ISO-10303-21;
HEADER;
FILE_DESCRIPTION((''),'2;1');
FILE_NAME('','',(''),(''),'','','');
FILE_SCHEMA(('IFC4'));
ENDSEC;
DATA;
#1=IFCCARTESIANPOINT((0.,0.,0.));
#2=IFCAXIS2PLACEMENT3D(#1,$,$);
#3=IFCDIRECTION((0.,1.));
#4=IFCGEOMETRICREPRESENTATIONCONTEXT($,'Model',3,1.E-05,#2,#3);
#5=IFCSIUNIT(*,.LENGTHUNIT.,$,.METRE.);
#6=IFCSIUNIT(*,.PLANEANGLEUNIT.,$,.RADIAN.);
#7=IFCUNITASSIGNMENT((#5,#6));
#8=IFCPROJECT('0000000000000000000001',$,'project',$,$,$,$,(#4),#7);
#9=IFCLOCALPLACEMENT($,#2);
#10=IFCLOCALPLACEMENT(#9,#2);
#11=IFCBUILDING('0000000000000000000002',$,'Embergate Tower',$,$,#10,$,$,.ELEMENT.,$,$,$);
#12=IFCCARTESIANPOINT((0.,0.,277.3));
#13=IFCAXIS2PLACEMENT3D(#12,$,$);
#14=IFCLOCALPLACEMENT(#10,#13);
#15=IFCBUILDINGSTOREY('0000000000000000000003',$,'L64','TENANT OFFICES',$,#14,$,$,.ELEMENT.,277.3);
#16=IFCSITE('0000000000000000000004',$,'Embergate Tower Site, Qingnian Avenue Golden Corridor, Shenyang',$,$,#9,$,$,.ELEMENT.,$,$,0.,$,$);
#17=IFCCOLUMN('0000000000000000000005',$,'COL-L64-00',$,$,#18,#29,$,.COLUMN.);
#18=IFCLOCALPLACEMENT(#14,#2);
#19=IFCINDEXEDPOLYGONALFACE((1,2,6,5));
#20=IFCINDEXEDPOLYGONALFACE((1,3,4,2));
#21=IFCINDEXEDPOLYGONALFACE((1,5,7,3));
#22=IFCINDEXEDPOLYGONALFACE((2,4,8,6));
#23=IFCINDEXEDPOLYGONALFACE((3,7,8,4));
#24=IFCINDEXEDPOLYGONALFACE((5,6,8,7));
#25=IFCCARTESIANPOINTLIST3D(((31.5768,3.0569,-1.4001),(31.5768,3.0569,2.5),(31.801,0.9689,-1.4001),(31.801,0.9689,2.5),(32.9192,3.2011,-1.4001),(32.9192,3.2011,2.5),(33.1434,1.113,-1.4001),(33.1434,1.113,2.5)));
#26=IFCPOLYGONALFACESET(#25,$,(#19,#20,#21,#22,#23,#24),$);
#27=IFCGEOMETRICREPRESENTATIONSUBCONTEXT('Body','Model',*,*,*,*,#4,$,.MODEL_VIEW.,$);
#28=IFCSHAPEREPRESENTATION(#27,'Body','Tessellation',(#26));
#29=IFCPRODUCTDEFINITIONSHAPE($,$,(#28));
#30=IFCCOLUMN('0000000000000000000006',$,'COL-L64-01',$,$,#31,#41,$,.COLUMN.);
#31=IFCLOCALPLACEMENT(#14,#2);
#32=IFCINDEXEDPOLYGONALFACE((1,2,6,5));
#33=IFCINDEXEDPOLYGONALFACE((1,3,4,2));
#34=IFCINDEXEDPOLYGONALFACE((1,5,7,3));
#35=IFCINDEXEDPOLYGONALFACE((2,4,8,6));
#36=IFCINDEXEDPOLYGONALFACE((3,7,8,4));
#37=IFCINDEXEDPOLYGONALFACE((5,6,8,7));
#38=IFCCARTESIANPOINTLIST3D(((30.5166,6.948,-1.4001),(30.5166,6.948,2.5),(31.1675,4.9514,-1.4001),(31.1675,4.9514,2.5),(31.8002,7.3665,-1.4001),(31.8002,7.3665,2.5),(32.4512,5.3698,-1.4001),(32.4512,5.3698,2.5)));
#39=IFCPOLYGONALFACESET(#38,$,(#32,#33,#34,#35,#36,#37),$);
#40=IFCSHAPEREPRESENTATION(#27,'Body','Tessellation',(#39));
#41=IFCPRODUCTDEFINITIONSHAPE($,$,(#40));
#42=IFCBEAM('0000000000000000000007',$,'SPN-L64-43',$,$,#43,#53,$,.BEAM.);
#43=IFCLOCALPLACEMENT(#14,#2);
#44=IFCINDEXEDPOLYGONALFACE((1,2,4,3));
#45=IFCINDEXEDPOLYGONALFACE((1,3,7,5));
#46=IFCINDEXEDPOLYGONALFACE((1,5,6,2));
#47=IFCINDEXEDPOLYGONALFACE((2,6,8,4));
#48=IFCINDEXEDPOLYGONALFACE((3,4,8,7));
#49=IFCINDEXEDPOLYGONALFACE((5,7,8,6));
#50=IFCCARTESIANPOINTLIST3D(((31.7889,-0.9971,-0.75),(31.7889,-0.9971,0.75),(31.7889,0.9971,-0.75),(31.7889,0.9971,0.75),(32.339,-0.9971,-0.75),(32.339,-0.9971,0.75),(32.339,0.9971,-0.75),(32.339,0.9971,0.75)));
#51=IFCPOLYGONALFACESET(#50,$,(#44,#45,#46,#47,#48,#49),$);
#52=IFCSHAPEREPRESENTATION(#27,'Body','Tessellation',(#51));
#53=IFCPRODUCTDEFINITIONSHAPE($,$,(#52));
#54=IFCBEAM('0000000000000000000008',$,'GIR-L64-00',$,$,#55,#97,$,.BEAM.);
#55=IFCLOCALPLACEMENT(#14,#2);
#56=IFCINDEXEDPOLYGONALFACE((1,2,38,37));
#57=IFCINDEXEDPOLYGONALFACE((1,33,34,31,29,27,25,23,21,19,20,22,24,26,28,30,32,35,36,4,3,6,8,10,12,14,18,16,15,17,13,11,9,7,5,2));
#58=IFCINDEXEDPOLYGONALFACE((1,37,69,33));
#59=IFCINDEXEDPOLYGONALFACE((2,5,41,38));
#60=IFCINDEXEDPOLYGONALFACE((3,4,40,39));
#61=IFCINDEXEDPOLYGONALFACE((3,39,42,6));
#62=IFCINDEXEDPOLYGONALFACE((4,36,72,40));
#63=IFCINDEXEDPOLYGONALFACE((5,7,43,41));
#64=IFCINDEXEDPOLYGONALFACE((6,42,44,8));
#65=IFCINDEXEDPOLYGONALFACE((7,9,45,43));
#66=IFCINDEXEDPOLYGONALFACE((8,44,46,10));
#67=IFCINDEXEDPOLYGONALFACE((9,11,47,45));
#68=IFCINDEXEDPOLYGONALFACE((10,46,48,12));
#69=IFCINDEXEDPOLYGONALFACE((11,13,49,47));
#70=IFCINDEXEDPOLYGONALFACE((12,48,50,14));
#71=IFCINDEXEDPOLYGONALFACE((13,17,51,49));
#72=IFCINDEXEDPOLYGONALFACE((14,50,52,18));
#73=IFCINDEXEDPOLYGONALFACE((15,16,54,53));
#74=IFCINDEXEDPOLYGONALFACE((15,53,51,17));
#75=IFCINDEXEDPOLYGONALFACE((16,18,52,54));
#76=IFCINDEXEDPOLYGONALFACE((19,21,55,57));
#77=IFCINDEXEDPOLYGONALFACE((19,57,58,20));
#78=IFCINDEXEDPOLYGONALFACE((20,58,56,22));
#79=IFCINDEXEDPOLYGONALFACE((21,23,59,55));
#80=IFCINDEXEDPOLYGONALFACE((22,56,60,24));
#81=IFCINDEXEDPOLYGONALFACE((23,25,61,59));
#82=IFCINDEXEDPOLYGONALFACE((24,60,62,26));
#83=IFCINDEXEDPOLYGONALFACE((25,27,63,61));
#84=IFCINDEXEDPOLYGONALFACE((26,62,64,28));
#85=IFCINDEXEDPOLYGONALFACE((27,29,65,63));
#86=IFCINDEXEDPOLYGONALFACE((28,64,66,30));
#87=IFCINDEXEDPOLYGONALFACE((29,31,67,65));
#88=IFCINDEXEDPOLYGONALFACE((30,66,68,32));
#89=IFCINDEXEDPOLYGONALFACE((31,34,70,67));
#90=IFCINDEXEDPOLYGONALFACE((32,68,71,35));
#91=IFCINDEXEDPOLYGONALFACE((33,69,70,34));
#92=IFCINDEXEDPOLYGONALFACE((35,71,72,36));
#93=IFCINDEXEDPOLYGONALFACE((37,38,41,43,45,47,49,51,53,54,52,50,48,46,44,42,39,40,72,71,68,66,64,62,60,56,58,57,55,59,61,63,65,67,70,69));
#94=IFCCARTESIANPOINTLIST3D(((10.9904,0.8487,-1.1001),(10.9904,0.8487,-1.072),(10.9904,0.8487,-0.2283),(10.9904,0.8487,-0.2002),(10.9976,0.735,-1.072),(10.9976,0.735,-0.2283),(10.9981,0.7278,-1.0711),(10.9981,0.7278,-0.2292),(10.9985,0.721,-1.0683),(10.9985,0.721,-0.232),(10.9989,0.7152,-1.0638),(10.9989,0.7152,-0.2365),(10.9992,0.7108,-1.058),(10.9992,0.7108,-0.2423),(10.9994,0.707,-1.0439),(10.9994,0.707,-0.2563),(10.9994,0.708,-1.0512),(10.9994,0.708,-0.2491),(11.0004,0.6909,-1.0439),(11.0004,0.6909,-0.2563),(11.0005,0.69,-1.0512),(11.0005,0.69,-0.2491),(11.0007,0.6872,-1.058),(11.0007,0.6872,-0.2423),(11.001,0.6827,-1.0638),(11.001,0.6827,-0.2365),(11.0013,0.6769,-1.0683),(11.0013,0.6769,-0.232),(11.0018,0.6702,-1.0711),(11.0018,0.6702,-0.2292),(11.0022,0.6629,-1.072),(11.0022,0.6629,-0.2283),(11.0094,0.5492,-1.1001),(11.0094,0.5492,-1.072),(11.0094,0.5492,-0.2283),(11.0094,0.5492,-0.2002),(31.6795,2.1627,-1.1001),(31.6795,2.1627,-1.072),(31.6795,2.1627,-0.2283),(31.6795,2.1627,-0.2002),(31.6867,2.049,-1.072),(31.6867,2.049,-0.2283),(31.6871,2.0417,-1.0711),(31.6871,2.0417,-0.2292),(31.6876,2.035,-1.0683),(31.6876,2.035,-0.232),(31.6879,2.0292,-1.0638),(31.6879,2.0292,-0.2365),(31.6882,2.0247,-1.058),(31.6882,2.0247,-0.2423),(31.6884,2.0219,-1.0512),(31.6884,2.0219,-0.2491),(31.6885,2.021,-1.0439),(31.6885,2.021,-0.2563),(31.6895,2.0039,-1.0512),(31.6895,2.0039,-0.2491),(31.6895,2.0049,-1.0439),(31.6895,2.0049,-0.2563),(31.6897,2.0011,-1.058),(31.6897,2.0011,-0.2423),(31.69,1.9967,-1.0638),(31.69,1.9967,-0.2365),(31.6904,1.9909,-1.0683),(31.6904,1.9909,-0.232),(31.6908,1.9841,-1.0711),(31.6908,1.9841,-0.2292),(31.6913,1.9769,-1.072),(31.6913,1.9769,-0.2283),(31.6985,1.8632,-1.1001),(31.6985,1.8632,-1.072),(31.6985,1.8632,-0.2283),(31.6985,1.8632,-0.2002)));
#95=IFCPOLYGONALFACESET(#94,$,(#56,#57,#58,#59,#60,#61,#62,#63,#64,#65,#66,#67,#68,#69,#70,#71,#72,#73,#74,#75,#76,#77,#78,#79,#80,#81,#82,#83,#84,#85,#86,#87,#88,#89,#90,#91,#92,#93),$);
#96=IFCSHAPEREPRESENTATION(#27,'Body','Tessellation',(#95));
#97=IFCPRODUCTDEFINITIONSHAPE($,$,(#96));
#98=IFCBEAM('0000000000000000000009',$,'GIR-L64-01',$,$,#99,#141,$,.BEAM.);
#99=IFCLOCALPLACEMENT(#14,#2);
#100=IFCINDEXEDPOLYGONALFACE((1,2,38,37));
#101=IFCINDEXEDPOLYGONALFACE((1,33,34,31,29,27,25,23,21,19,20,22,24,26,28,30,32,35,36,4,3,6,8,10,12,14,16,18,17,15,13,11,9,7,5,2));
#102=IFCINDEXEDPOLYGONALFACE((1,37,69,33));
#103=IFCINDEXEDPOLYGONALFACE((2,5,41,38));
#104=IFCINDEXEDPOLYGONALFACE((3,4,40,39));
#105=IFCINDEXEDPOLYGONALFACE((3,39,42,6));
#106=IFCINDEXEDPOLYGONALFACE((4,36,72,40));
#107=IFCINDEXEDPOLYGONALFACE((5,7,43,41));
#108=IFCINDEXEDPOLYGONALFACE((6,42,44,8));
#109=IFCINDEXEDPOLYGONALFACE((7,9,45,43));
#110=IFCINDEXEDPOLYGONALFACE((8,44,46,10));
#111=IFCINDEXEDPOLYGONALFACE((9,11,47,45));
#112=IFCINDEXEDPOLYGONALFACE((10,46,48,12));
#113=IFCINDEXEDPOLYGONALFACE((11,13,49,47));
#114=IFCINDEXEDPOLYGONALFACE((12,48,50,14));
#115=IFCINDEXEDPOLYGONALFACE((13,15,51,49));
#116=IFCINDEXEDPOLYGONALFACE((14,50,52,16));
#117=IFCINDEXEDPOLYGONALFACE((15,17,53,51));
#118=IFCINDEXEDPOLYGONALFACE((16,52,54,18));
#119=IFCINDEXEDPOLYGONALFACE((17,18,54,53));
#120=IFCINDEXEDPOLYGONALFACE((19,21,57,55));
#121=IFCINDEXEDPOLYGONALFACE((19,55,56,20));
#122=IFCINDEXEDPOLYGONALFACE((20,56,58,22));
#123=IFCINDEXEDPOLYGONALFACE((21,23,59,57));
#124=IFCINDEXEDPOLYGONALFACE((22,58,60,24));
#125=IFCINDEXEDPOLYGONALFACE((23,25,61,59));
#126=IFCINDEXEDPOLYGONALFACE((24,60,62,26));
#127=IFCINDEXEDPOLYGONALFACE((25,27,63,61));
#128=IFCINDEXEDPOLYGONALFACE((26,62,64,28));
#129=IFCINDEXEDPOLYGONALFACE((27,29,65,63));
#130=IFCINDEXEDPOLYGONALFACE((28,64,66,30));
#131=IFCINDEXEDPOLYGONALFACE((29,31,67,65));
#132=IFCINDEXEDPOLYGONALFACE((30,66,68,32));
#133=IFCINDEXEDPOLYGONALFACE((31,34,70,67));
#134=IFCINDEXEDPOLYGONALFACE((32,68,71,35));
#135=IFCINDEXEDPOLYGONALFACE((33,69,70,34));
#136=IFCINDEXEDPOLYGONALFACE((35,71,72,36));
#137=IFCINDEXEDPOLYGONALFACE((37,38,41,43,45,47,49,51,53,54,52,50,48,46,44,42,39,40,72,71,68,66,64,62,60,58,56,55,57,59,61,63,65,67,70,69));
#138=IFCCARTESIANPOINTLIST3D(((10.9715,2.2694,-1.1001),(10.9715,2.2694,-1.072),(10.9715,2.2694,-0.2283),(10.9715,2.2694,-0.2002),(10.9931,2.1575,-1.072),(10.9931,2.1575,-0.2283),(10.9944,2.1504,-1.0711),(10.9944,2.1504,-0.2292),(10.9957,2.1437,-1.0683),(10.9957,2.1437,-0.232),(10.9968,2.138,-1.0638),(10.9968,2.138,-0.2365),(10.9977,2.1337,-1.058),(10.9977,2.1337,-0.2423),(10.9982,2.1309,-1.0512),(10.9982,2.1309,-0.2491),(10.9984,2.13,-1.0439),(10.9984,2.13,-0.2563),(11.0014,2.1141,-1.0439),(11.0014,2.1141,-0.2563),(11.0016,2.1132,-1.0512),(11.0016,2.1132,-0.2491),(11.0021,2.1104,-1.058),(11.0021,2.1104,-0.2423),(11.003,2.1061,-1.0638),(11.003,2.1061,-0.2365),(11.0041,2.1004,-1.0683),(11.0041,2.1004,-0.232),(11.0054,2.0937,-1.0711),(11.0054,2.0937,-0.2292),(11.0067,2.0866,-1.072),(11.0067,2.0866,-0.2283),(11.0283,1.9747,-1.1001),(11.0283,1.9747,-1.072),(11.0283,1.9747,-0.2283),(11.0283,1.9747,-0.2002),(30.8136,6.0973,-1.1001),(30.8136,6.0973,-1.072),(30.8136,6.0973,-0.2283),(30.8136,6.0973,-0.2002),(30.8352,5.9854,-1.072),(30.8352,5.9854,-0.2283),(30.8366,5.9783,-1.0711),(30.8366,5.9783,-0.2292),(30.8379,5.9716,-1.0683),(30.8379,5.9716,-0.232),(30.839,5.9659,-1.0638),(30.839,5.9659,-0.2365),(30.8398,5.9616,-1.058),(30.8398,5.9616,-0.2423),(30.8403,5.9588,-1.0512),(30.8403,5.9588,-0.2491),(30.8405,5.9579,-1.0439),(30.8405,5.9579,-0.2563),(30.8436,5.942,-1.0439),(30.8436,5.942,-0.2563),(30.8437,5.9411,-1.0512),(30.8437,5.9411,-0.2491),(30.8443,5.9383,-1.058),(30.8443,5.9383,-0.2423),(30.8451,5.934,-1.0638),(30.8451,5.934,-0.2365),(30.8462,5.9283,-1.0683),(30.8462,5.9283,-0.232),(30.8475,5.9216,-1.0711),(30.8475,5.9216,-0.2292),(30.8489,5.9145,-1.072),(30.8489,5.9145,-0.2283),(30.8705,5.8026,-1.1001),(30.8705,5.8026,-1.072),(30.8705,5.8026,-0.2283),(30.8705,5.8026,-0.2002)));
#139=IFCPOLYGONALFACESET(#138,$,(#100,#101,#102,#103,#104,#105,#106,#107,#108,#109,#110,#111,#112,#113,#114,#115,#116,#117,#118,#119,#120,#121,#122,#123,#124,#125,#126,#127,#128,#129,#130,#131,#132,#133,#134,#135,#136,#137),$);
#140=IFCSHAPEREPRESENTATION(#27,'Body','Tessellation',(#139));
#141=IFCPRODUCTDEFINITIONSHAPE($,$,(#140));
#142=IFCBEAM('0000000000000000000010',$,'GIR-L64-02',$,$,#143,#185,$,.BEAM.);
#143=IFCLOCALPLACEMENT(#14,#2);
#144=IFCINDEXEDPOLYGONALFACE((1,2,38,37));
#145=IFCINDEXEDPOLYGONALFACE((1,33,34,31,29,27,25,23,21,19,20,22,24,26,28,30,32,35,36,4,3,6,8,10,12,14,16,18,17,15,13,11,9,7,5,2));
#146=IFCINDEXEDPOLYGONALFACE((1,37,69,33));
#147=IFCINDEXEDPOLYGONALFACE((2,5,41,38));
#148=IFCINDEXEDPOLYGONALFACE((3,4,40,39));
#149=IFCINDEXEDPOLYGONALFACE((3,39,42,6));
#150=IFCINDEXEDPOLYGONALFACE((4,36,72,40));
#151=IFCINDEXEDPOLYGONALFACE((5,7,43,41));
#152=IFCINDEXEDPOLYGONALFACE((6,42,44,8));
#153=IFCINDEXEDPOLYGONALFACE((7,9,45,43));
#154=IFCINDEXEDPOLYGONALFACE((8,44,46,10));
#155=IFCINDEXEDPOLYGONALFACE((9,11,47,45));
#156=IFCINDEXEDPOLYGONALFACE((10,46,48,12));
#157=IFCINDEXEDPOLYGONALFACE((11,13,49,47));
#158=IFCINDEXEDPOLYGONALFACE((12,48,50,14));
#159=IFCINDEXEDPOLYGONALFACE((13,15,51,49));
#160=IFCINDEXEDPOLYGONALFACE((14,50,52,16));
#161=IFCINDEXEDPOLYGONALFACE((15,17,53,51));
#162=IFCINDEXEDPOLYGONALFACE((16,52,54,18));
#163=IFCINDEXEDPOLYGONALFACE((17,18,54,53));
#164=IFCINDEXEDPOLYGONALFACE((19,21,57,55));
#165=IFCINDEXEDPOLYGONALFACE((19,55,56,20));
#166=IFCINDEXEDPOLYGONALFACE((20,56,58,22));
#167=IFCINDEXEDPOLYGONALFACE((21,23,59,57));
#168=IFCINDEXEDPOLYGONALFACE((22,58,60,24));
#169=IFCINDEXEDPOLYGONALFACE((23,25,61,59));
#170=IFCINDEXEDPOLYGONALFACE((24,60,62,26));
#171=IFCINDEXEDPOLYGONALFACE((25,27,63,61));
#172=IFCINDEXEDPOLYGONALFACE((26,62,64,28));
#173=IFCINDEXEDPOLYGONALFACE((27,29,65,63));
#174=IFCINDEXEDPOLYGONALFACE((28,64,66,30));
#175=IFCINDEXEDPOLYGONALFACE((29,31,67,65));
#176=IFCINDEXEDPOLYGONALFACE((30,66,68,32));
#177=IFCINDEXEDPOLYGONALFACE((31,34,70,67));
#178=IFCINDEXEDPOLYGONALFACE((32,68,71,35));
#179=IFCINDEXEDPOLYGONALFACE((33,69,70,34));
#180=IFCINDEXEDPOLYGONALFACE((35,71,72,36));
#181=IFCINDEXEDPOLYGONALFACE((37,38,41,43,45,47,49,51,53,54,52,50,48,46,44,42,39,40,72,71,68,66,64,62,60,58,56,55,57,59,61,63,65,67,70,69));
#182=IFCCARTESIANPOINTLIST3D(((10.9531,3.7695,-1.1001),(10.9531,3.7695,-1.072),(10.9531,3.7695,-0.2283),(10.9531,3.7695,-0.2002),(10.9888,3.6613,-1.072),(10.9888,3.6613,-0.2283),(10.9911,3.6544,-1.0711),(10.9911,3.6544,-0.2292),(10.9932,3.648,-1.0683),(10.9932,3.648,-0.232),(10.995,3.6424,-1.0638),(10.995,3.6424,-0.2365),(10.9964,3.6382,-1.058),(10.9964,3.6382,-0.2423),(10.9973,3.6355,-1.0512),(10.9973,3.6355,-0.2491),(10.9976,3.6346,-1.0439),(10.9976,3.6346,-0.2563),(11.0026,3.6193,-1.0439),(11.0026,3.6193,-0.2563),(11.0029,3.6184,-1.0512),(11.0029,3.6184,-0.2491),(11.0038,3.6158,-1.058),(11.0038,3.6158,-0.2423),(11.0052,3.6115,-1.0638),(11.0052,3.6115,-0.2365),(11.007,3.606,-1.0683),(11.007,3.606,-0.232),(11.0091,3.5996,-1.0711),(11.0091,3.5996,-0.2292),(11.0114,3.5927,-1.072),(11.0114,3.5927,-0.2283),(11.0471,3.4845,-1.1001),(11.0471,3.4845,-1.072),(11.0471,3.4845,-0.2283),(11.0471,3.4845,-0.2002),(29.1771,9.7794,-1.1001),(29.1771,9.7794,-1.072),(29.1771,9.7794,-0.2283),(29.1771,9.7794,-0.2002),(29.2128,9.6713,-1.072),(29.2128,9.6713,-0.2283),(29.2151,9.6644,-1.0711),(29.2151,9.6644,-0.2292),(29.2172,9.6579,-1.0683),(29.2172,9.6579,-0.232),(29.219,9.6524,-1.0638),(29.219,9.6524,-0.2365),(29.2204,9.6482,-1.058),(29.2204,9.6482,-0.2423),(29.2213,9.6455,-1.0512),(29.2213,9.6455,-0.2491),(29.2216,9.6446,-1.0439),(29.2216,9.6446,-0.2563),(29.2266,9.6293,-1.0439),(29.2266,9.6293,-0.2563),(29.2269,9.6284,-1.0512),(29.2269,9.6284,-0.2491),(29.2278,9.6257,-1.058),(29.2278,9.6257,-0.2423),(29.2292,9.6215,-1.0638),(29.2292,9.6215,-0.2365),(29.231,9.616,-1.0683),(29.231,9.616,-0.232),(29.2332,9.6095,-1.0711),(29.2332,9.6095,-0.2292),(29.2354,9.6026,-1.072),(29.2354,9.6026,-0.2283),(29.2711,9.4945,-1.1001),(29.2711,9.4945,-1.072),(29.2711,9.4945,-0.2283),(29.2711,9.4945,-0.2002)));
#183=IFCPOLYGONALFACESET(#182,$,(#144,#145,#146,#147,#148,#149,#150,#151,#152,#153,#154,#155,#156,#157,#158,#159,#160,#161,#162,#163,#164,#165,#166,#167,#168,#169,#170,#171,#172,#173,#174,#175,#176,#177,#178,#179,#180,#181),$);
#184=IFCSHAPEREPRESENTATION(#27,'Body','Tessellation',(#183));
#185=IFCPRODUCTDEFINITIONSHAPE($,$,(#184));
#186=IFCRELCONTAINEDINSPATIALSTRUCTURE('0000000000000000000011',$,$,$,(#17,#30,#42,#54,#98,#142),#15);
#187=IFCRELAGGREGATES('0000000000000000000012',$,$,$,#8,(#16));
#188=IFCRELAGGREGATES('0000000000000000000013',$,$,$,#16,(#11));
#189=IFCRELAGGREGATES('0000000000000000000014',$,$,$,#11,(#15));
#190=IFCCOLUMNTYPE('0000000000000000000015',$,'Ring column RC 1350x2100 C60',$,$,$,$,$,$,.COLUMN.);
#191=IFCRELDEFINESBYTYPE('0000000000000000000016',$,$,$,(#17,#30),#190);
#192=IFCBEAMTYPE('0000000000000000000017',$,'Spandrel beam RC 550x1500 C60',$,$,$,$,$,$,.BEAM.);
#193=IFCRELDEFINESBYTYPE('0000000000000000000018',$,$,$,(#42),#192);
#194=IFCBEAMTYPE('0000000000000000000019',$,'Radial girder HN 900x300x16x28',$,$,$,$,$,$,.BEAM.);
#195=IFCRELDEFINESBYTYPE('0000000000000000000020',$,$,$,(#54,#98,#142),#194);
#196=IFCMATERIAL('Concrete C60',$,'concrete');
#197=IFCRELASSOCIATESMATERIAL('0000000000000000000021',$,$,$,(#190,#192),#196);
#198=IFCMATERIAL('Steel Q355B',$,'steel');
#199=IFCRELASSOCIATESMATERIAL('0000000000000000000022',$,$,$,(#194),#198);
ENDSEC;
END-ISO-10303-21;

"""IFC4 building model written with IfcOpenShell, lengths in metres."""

from ifc_helpers import new_model, si_unit, direction, frame, origin, origin_2d, place, context, subcontext, project, spatial, rectangle, i_section, extrude, source, transform, mapped, material, material_profile, profile_set, type_object, element, save


model = new_model("IFC4")

# Units and contexts
model_context = context("Model", 3, precision=1e-05, world=origin(), true_north=direction((0.0, 1.0)))
body_context = subcontext(model_context, "Body", "Model", "MODEL_VIEW")
ifc_project = project(units=[si_unit("LENGTHUNIT", "METRE"), si_unit("PLANEANGLEUNIT", "RADIAN")], contexts=[model_context])

# Site, building, storey
site_placement = place(None, origin())
site = spatial("IfcSite", under=ifc_project, at=site_placement, Name="Embergate Tower Site, Qingnian Avenue Golden Corridor, Shenyang", CompositionType="ELEMENT", RefElevation=0.0)
building_placement = place(site_placement, origin())
building = spatial("IfcBuilding", under=site, at=building_placement, Name="Embergate Tower", CompositionType="ELEMENT")
storey_placement = place(building_placement, frame((0.0, 0.0, 277.3)))
storey = spatial("IfcBuildingStorey", under=building, at=storey_placement, Name="L64", Description="TENANT OFFICES", CompositionType="ELEMENT", Elevation=277.3)

# Columns
ifc_material_1 = material(Name="Concrete C60", Category="concrete")
ifc_material_profile_1 = material_profile(ifc_material_1, rectangle(XDim=1.3501, YDim=2.1001, at=origin_2d()), Name="RC 1350x2100")
ifc_profile_set_1 = profile_set([ifc_material_profile_1], Name="Concrete C60")
column_type = type_object("IfcColumnType", Name="Ring column RC 1350x2100 C60", PredefinedType="COLUMN", material=ifc_profile_set_1)
shared_shape_1 = source(origin(), body_context, "Body", "SweptSolid", [
    extrude(rectangle(XDim=1.3501, YDim=2.1001, at=origin_2d()), origin(), (0.0, 0.0, 1.0), 3.9001),
])
for number, where, z_axis, x_axis, name in (
    (1, (32.3601, 2.085, -1.4001), (0.0, 0.0, 1.0), (0.994286, 0.10675, 0.0), "COL-L64-00"),
    (2, (31.4839, 6.1589, -1.4001), (0.0, 0.0, 1.0), (0.950754, 0.309946, 0.0), "COL-L64-01"),
):
    element("IfcColumn", number, at=place(storey_placement, frame(where, z_axis=z_axis, x_axis=x_axis)), inside=storey, type_object=column_type, Name=name, PredefinedType="COLUMN", context=body_context, shape_type="MappedRepresentation", body=[
        mapped(shared_shape_1, transform((0.0, 0.0, 0.0))),
    ])

# Beams
ifc_material_profile_2 = material_profile(ifc_material_1, rectangle(XDim=0.55, YDim=1.5, at=origin_2d()), Name="RC 550x1500")
ifc_profile_set_2 = profile_set([ifc_material_profile_2], Name="Concrete C60")
beam_type_1 = type_object("IfcBeamType", Name="Spandrel beam RC 550x1500 C60", PredefinedType="BEAM", material=ifc_profile_set_2)
shared_shape_2 = source(origin(), body_context, "Body", "SweptSolid", [
    extrude(rectangle(XDim=0.55, YDim=1.5, at=origin_2d()), origin(), (0.0, 0.0, 1.0), 1.9941),
])
beam_1_placement = place(storey_placement, frame((32.064, -0.9971, 0.0), z_axis=(0.0, 1.0, 0.0), x_axis=(-1.0, 0.0, 0.0)))
element("IfcBeam", 3, at=beam_1_placement, inside=storey, type_object=beam_type_1, Name="SPN-L64-43", PredefinedType="BEAM", context=body_context, shape_type="MappedRepresentation", body=[
    mapped(shared_shape_2, transform((0.0, 0.0, 0.0))),
])
ifc_material_2 = material(Name="Steel Q355B", Category="steel")
ifc_material_profile_3 = material_profile(ifc_material_2, i_section(OverallWidth=0.3, OverallDepth=0.8999, WebThickness=0.0161, FlangeThickness=0.0281, FilletRadius=0.0281, at=origin_2d()), Name="HN 900x300x16x28")
ifc_profile_set_3 = profile_set([ifc_material_profile_3], Name="Steel Q355 grade B")
beam_type_2 = type_object("IfcBeamType", Name="Radial girder HN 900x300x16x28", PredefinedType="BEAM", material=ifc_profile_set_3)
shared_shape_3 = source(origin(), body_context, "Body", "SweptSolid", [
    extrude(i_section(OverallWidth=0.3, OverallDepth=0.8999, WebThickness=0.0161, FlangeThickness=0.0281, FilletRadius=0.0281, at=origin_2d()), origin(), (0.0, 0.0, 1.0), 20.7307),
])
beam_2_placement = place(storey_placement, frame((31.689, 2.0129, -0.6501), z_axis=(-0.997989, -0.063383, 0.0), x_axis=(0.063383, -0.997989, 0.0)))
element("IfcBeam", 4, at=beam_2_placement, inside=storey, type_object=beam_type_2, Name="GIR-L64-00", PredefinedType="BEAM", context=body_context, shape_type="MappedRepresentation", body=[
    mapped(shared_shape_3, transform((0.0, 0.0, 0.0))),
])
shared_shape_4 = source(origin(), body_context, "Body", "SweptSolid", [
    extrude(i_section(OverallWidth=0.3, OverallDepth=0.8999, WebThickness=0.0161, FlangeThickness=0.0281, FilletRadius=0.0281, at=origin_2d()), origin(), (0.0, 0.0, 1.0), 20.208),
])
beam_3_placement = place(storey_placement, frame((30.842, 5.95, -0.6501), z_axis=(-0.981895, -0.189425, 0.0), x_axis=(0.189425, -0.981895, 0.0)))
element("IfcBeam", 5, at=beam_3_placement, inside=storey, type_object=beam_type_2, Name="GIR-L64-01", PredefinedType="BEAM", context=body_context, shape_type="MappedRepresentation", body=[
    mapped(shared_shape_4, transform((0.0, 0.0, 0.0))),
])
shared_shape_5 = source(origin(), body_context, "Body", "SweptSolid", [
    extrude(i_section(OverallWidth=0.3, OverallDepth=0.8999, WebThickness=0.0161, FlangeThickness=0.0281, FilletRadius=0.0281, at=origin_2d()), origin(), (0.0, 0.0, 1.0), 19.1895),
])
beam_4_placement = place(storey_placement, frame((29.2241, 9.637, -0.6501), z_axis=(-0.94969, -0.313192, 0.0), x_axis=(0.313192, -0.94969, 0.0)))
element("IfcBeam", 6, at=beam_4_placement, inside=storey, type_object=beam_type_2, Name="GIR-L64-02", PredefinedType="BEAM", context=body_context, shape_type="MappedRepresentation", body=[
    mapped(shared_shape_5, transform((0.0, 0.0, 0.0))),
])

save(model, "model.ifc")
